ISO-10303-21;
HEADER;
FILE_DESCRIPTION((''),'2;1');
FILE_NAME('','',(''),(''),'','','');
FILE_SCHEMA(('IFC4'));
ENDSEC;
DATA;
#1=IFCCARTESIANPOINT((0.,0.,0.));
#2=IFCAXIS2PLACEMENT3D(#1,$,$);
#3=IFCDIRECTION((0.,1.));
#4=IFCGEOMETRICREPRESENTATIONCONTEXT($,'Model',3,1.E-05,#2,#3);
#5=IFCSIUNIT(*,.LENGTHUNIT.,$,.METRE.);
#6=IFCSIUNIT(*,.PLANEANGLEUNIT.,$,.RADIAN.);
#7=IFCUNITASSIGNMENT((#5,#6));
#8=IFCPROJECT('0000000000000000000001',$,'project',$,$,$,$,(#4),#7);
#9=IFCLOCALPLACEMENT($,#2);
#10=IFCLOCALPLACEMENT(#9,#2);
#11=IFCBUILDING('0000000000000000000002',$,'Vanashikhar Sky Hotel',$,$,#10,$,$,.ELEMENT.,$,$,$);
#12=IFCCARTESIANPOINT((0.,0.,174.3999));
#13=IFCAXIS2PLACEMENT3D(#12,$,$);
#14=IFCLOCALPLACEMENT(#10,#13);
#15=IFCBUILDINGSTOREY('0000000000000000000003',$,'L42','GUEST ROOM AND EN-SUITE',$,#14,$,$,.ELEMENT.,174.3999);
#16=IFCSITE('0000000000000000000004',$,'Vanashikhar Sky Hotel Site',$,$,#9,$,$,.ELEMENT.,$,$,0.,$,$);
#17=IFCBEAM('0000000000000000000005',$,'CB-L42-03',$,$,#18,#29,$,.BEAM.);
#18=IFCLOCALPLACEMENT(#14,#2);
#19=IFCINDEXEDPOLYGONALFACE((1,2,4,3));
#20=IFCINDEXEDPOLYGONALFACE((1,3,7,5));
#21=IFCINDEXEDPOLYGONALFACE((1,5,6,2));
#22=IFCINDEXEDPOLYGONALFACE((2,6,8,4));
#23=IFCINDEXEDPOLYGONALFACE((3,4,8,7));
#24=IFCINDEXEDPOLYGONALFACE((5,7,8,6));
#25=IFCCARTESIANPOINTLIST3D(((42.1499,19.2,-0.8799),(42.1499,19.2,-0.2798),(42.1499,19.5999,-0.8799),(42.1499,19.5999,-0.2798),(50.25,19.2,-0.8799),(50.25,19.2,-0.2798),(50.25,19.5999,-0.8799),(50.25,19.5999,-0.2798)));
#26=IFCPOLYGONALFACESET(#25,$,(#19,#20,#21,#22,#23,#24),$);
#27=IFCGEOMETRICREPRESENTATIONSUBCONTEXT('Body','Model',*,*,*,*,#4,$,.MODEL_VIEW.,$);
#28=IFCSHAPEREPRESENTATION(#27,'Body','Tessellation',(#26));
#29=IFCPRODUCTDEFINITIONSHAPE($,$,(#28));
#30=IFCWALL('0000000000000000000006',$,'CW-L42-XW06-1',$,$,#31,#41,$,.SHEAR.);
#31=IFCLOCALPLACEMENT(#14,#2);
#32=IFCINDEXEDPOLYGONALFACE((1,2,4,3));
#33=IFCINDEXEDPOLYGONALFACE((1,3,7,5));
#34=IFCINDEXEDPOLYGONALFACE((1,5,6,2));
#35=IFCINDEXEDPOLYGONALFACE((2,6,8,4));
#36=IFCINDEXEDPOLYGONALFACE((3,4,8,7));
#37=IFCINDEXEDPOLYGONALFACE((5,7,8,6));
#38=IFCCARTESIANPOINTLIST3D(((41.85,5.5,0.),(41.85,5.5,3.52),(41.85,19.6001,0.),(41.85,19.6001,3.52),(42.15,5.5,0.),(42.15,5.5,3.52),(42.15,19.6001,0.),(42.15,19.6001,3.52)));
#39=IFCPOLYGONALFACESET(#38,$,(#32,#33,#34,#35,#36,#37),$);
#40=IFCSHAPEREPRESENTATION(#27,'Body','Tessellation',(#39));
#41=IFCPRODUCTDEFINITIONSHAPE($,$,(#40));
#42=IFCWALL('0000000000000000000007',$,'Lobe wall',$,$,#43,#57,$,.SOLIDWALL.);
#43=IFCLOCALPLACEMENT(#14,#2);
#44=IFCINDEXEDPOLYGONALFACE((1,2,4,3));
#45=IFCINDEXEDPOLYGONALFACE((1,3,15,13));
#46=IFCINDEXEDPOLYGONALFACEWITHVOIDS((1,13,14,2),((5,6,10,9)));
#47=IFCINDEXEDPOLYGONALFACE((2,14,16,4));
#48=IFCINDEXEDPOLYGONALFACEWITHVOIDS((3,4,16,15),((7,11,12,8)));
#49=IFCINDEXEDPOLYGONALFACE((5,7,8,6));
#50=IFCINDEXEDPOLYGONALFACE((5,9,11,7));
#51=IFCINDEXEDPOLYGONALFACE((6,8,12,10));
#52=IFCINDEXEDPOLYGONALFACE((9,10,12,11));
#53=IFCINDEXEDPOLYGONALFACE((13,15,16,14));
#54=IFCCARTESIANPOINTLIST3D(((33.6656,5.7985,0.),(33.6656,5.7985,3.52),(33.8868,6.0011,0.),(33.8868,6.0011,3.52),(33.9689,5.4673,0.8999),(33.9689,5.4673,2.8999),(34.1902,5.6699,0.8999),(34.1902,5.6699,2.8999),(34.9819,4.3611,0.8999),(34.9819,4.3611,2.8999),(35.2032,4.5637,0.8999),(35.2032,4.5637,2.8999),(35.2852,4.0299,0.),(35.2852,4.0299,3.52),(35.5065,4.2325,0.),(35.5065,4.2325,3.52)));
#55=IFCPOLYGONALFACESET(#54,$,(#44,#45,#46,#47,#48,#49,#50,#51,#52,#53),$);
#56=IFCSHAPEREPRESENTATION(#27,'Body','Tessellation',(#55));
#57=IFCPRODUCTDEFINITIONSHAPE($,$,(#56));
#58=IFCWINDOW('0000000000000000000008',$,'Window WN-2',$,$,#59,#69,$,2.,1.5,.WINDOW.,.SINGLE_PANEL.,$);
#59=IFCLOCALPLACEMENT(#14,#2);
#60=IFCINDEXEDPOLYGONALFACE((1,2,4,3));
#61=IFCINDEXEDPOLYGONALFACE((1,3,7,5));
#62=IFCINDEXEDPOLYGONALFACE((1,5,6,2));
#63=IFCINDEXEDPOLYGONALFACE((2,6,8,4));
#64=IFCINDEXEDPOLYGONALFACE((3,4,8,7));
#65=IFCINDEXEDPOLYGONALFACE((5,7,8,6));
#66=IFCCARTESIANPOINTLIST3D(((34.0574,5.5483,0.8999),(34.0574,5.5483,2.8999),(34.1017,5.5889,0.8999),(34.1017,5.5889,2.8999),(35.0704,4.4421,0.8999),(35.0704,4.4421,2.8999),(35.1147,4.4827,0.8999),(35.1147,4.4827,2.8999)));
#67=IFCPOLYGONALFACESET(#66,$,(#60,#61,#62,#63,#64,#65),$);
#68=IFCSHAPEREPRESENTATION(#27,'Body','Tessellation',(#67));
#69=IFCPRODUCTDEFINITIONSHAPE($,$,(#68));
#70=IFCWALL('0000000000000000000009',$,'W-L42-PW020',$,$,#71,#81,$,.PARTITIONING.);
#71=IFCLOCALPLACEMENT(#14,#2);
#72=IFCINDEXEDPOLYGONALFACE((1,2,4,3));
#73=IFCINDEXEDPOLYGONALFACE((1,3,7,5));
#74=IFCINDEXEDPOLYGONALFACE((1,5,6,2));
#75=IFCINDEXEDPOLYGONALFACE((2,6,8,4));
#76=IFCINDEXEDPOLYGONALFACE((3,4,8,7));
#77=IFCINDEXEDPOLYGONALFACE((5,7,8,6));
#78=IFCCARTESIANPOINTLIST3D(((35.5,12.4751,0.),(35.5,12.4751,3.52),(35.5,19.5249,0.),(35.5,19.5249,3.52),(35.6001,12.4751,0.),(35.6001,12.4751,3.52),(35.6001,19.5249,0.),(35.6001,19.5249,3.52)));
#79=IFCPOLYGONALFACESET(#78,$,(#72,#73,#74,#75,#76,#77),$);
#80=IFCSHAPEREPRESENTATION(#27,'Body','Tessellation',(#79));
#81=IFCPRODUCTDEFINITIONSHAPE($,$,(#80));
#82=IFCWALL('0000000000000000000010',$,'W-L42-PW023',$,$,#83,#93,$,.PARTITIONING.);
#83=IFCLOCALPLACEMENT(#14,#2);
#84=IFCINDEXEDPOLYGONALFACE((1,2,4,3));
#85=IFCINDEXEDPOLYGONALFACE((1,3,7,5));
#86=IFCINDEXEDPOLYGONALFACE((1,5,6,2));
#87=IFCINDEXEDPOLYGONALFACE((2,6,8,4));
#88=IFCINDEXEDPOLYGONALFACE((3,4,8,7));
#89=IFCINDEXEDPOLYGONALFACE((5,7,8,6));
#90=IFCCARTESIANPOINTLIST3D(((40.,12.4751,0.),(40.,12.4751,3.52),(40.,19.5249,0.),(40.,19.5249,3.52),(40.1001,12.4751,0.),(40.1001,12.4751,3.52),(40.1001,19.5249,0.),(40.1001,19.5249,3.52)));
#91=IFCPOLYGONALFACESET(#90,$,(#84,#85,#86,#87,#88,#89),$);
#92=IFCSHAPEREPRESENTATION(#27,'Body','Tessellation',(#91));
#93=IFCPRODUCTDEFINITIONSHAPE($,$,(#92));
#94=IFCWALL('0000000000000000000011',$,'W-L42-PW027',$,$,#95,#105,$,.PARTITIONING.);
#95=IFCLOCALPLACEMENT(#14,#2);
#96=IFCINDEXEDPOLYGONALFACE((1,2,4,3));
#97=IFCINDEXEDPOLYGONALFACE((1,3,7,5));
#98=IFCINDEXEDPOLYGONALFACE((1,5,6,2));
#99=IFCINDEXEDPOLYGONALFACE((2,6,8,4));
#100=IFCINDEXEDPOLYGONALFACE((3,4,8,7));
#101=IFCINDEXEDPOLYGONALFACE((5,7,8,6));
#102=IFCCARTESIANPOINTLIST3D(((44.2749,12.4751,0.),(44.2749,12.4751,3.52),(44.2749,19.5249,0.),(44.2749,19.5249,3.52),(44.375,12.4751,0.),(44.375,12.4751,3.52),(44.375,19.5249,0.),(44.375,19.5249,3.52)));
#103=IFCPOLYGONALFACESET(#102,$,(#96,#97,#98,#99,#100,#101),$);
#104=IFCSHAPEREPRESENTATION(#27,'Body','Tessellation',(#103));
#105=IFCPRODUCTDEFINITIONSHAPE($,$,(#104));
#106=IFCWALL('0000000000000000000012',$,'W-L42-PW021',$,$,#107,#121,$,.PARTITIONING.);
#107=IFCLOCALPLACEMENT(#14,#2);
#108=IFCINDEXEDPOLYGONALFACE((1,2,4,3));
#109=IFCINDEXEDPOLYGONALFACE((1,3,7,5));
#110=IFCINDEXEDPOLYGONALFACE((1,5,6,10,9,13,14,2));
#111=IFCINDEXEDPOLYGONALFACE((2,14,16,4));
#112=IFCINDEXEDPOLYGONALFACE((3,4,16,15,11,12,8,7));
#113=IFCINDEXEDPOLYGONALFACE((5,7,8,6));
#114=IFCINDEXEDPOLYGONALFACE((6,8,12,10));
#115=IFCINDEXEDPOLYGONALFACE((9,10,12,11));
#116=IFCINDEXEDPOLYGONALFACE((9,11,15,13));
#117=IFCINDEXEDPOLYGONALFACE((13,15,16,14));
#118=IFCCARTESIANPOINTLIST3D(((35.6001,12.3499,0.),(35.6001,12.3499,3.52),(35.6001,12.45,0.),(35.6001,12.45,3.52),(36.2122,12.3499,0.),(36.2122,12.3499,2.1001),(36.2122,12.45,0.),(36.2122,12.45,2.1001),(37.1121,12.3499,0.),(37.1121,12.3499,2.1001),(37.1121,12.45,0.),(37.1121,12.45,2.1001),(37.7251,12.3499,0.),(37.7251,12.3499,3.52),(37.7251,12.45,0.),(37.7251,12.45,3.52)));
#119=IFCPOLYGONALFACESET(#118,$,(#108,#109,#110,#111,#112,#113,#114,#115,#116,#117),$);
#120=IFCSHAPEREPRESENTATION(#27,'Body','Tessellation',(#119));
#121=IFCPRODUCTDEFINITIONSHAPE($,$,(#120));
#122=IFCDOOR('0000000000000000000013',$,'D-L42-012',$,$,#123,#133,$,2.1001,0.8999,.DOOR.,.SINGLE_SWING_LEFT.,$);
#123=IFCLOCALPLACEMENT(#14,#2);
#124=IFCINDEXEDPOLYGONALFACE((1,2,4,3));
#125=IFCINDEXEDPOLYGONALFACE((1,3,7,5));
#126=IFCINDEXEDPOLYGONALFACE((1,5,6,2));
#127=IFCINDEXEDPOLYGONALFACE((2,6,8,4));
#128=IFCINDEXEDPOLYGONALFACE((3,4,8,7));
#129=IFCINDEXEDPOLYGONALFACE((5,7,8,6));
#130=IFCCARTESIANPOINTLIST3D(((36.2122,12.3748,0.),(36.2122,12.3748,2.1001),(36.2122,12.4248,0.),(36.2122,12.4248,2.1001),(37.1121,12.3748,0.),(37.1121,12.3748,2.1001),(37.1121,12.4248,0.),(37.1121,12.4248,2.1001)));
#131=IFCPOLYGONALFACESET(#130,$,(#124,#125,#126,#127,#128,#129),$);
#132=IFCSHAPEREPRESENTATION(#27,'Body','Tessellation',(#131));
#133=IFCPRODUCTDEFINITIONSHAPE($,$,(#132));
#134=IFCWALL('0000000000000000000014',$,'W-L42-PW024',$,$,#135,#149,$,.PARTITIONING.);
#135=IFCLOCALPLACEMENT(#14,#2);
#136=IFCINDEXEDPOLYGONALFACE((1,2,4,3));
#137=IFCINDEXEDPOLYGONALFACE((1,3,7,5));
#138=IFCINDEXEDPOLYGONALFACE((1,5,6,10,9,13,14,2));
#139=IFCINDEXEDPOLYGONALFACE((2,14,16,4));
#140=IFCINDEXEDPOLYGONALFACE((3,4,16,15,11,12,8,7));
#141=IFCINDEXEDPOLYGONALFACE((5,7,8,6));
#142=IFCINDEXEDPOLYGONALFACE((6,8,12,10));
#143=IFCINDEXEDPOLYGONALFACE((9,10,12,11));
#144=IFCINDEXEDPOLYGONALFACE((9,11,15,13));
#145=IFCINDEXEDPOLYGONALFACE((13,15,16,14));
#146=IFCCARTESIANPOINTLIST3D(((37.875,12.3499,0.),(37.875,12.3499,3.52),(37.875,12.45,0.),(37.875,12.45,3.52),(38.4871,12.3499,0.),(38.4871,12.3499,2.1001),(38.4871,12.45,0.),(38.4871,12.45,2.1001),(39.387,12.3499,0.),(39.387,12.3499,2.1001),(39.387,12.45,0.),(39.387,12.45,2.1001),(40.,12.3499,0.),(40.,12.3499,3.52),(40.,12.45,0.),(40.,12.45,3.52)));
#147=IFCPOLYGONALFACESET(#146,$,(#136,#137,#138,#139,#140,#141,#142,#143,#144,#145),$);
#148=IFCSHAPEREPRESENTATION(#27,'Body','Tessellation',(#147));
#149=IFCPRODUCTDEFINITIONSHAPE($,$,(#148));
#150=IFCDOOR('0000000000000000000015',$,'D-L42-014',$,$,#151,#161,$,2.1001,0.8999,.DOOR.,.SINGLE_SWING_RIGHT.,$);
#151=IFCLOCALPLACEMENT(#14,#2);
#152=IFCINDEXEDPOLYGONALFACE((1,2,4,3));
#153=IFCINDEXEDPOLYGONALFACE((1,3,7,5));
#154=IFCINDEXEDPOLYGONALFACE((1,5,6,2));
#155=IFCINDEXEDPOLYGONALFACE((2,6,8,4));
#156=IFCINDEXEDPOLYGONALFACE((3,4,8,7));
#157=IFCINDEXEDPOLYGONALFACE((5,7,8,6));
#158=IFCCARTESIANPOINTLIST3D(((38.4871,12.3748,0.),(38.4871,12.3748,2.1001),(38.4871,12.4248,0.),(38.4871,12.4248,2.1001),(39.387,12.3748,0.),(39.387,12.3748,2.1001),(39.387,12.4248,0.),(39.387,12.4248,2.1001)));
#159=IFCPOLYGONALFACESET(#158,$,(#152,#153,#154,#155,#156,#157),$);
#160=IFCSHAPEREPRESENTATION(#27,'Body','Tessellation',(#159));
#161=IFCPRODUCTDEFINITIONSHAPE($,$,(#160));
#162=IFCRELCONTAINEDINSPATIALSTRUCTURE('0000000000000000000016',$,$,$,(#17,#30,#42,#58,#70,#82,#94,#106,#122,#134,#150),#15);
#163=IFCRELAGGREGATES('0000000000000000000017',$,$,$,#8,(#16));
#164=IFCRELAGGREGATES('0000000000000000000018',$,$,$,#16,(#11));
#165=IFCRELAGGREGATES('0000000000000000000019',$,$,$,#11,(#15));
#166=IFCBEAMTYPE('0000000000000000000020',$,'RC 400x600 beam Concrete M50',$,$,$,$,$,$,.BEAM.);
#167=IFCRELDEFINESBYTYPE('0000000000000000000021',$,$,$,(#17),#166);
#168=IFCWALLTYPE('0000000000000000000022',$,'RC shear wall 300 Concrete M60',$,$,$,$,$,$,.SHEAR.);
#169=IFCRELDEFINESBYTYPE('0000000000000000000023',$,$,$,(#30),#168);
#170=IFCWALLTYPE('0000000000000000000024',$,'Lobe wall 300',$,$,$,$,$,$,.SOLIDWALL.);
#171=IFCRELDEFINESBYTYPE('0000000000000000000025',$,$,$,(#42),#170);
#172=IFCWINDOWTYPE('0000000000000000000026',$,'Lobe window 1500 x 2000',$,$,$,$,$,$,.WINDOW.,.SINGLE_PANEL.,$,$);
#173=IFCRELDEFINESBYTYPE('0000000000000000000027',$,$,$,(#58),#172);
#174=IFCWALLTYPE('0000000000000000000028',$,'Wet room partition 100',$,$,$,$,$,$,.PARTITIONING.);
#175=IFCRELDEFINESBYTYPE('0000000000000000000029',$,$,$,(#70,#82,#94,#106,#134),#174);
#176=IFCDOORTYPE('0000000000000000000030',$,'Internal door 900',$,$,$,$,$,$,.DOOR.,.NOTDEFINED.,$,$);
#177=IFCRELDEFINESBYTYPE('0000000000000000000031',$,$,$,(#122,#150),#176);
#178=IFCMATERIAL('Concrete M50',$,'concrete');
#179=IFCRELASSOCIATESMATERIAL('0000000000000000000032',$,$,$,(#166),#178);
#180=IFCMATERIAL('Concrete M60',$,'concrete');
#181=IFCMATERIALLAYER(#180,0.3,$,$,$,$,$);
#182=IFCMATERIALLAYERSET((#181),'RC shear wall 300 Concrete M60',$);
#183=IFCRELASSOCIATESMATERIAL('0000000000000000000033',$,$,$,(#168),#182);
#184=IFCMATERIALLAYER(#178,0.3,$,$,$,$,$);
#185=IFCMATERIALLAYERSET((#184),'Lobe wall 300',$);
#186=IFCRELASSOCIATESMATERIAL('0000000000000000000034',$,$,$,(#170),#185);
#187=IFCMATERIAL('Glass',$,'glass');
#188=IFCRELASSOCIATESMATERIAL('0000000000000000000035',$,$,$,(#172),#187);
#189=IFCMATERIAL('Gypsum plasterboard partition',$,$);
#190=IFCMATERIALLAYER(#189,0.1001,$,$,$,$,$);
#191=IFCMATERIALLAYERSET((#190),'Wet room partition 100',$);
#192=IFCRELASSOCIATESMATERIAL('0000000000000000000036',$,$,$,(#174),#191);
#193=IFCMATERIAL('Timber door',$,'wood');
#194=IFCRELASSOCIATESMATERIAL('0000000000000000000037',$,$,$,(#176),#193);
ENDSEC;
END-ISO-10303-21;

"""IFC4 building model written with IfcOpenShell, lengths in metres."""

from ifc_helpers import new_model, si_unit, direction, frame, frame_2d, origin, origin_2d, place, context, subcontext, project, spatial, rectangle, extrude, source, transform, mapped, material, layer, layer_set, material_profile, profile_set, type_object, element, fill, save


model = new_model("IFC4")

# Units and contexts
model_context = context("Model", 3, precision=1e-05, world=origin(), true_north=direction((0.0, 1.0)))
body_context = subcontext(model_context, "Body", "Model", "MODEL_VIEW")
ifc_project = project(units=[si_unit("LENGTHUNIT", "METRE"), si_unit("PLANEANGLEUNIT", "RADIAN")], contexts=[model_context])

# Site, building, storey
site_placement = place(None, origin())
site = spatial("IfcSite", under=ifc_project, at=site_placement, Name="Vanashikhar Sky Hotel Site", CompositionType="ELEMENT", RefElevation=0.0)
building_placement = place(site_placement, origin())
building = spatial("IfcBuilding", under=site, at=building_placement, Name="Vanashikhar Sky Hotel", CompositionType="ELEMENT")
storey_placement = place(building_placement, frame((0.0, 0.0, 174.3999)))
storey = spatial("IfcBuildingStorey", under=building, at=storey_placement, Name="L42", Description="GUEST ROOM AND EN-SUITE", CompositionType="ELEMENT", Elevation=174.3999)

# Beam
ifc_material_1 = material(Name="Concrete M50", Category="concrete")
ifc_material_profile = material_profile(ifc_material_1, rectangle(XDim=0.3999, YDim=0.6001, at=origin_2d()))
ifc_profile_set = profile_set([ifc_material_profile], Name="RC 400x600 beam Concrete M50")
beam_type = type_object("IfcBeamType", Name="RC 400x600 beam Concrete M50", PredefinedType="BEAM", material=ifc_profile_set)
shared_shape_1 = source(origin(), body_context, "Body", "SweptSolid", [
    extrude(rectangle(XDim=0.3999, YDim=0.6001, at=origin_2d()), origin(), (0.0, 0.0, 1.0), 8.1001),
])
beam_placement = place(storey_placement, frame((42.1499, 19.3999, -0.5798), z_axis=(1.0, 0.0, 0.0), x_axis=(0.0, 1.0, 0.0)))
element("IfcBeam", 1, at=beam_placement, inside=storey, type_object=beam_type, Name="CB-L42-03", PredefinedType="BEAM", context=body_context, shape_type="MappedRepresentation", body=[
    mapped(shared_shape_1, transform((0.0, 0.0, 0.0), scale=1.0)),
])

# Wall
ifc_material_2 = material(Name="Concrete M60", Category="concrete")
ifc_layer_1 = layer(ifc_material_2, 0.3)
ifc_layer_set_1 = layer_set([ifc_layer_1], Name="RC shear wall 300 Concrete M60")
wall_type_1 = type_object("IfcWallType", Name="RC shear wall 300 Concrete M60", PredefinedType="SHEAR", material=ifc_layer_set_1)
shared_shape_2 = source(origin(), body_context, "Body", "SweptSolid", [
    extrude(rectangle(XDim=14.1001, YDim=0.3, at=frame_2d((7.05, 0.0))), origin(), (0.0, 0.0, 1.0), 3.52),
])
wall_1_placement = place(storey_placement, frame((42.0, 5.5, 0.0), z_axis=(0.0, 0.0, 1.0), x_axis=(0.0, 1.0, 0.0)))
element("IfcWall", 2, at=wall_1_placement, inside=storey, type_object=wall_type_1, Name="CW-L42-XW06-1", PredefinedType="SHEAR", context=body_context, shape_type="MappedRepresentation", body=[
    mapped(shared_shape_2, transform((0.0, 0.0, 0.0), scale=1.0)),
])

# Wall, opening, window
ifc_layer_2 = layer(ifc_material_1, 0.3)
ifc_layer_set_2 = layer_set([ifc_layer_2], Name="Lobe wall 300")
wall_type_2 = type_object("IfcWallType", Name="Lobe wall 300", PredefinedType="SOLIDWALL", material=ifc_layer_set_2)
shared_shape_3 = source(origin(), body_context, "Body", "SweptSolid", [
    extrude(rectangle(XDim=2.3982, YDim=0.3, at=frame_2d((1.1992, 0.0))), origin(), (0.0, 0.0, 1.0), 3.52),
])
wall_2_placement = place(storey_placement, frame((33.7761, 5.8999, 0.0), z_axis=(0.0, 0.0, 1.0), x_axis=(0.675374, -0.737475, 0.0)))
wall_2 = element("IfcWall", 3, at=wall_2_placement, inside=storey, type_object=wall_type_2, Name="Lobe wall", PredefinedType="SOLIDWALL", context=body_context, shape_type="MappedRepresentation", body=[
    mapped(shared_shape_3, transform((0.0, 0.0, 0.0), scale=1.0)),
])
shared_shape_4 = source(origin(), body_context, "Body", "SweptSolid", [
    extrude(rectangle(XDim=1.5, YDim=2.0, at=frame_2d((0.75, 1.0))), frame((0.0, 0.1602, 0.0), z_axis=(0.0, -1.0, 0.0), x_axis=(1.0, 0.0, 0.0)), (0.0, 0.0, 1.0), 0.3201),
])
opening_1_placement = place(wall_2_placement, frame((0.4492, 0.0, 0.8999)))
opening_1 = element("IfcOpeningElement", 4, at=opening_1_placement, cuts=wall_2, PredefinedType="OPENING", context=body_context, shape_type="MappedRepresentation", body=[
    mapped(shared_shape_4, transform((0.0, 0.0, 0.0), scale=1.0)),
])
ifc_material_3 = material(Name="Glass", Category="glass")
window_type = type_object("IfcWindowType", Name="Lobe window 1500 x 2000", PartitioningType="SINGLE_PANEL", PredefinedType="WINDOW", material=ifc_material_3)
shared_shape_5 = source(origin(), body_context, "Body", "SweptSolid", [
    extrude(rectangle(XDim=1.5, YDim=2.0, at=frame_2d((0.75, 1.0))), frame((0.0, 0.03, 0.0), z_axis=(0.0, -1.0, 0.0), x_axis=(1.0, 0.0, 0.0)), (0.0, 0.0, 1.0), 0.0601),
])
window_placement = place(opening_1_placement, origin())
window = element("IfcWindow", 5, at=window_placement, inside=storey, type_object=window_type, Name="Window WN-2", OverallHeight=2.0, OverallWidth=1.5, PartitioningType="SINGLE_PANEL", PredefinedType="WINDOW", context=body_context, shape_type="MappedRepresentation", body=[
    mapped(shared_shape_5, transform((0.0, 0.0, 0.0), scale=1.0)),
])
fill(opening_1, window)

# Walls
ifc_material_4 = material(Name="Gypsum plasterboard partition")
ifc_layer_3 = layer(ifc_material_4, 0.1001)
ifc_layer_set_3 = layer_set([ifc_layer_3], Name="Wet room partition 100")
wall_type_3 = type_object("IfcWallType", Name="Wet room partition 100", PredefinedType="PARTITIONING", material=ifc_layer_set_3)
shared_shape_6 = source(origin(), body_context, "Body", "SweptSolid", [
    extrude(rectangle(XDim=7.0498, YDim=0.1001, at=frame_2d((3.5249, 0.0))), origin(), (0.0, 0.0, 1.0), 3.52),
])
for number, where, z_axis, x_axis, name in (
    (6, (35.55, 12.4751, 0.0), (0.0, 0.0, 1.0), (0.0, 1.0, 0.0), "W-L42-PW020"),
    (7, (40.05, 12.4751, 0.0), (0.0, 0.0, 1.0), (0.0, 1.0, 0.0), "W-L42-PW023"),
    (8, (44.325, 12.4751, 0.0), (0.0, 0.0, 1.0), (0.0, 1.0, 0.0), "W-L42-PW027"),
):
    element("IfcWall", number, at=place(storey_placement, frame(where, z_axis=z_axis, x_axis=x_axis)), inside=storey, type_object=wall_type_3, Name=name, PredefinedType="PARTITIONING", context=body_context, shape_type="MappedRepresentation", body=[
        mapped(shared_shape_6, transform((0.0, 0.0, 0.0), scale=1.0)),
    ])

# Walls, openings, doors
shared_shape_7 = source(origin(), body_context, "Body", "SweptSolid", [
    extrude(rectangle(XDim=2.125, YDim=0.1001, at=frame_2d((1.0625, 0.0))), origin(), (0.0, 0.0, 1.0), 3.52),
])
wall_3_placement = place(storey_placement, frame((35.6001, 12.3999, 0.0), z_axis=(0.0, 0.0, 1.0), x_axis=(1.0, 0.0, 0.0)))
wall_3 = element("IfcWall", 9, at=wall_3_placement, inside=storey, type_object=wall_type_3, Name="W-L42-PW021", PredefinedType="PARTITIONING", context=body_context, shape_type="MappedRepresentation", body=[
    mapped(shared_shape_7, transform((0.0, 0.0, 0.0), scale=1.0)),
])
shared_shape_8 = source(origin(), body_context, "Body", "SweptSolid", [
    extrude(rectangle(XDim=0.8999, YDim=2.1001, at=frame_2d((0.45, 1.05))), frame((0.0, 0.0601, 0.0), z_axis=(0.0, -1.0, 0.0), x_axis=(1.0, 0.0, 0.0)), (0.0, 0.0, 1.0), 0.1201),
])
opening_2_placement = place(wall_3_placement, frame((0.6121, 0.0, 0.0)))
opening_2 = element("IfcOpeningElement", 10, at=opening_2_placement, cuts=wall_3, PredefinedType="OPENING", context=body_context, shape_type="MappedRepresentation", body=[
    mapped(shared_shape_8, transform((0.0, 0.0, 0.0), scale=1.0)),
])
ifc_material_5 = material(Name="Timber door", Category="wood")
door_type_1 = type_object("IfcDoorType", Name="Internal door 900", OperationType="NOTDEFINED", PredefinedType="DOOR", material=ifc_material_5)
shared_shape_9 = source(origin(), body_context, "Body", "SweptSolid", [
    extrude(rectangle(XDim=0.8999, YDim=2.1001, at=frame_2d((0.45, 1.05))), frame((0.0, 0.0249, 0.0), z_axis=(0.0, -1.0, 0.0), x_axis=(1.0, 0.0, 0.0)), (0.0, 0.0, 1.0), 0.05),
])
door_1_placement = place(opening_2_placement, origin())
door_1 = element("IfcDoor", 11, at=door_1_placement, inside=storey, type_object=door_type_1, Name="D-L42-012", OperationType="SINGLE_SWING_LEFT", OverallHeight=2.1001, OverallWidth=0.8999, PredefinedType="DOOR", context=body_context, shape_type="MappedRepresentation", body=[
    mapped(shared_shape_9, transform((0.0, 0.0, 0.0), scale=1.0)),
])
fill(opening_2, door_1)
wall_4_placement = place(storey_placement, frame((37.875, 12.3999, 0.0), z_axis=(0.0, 0.0, 1.0), x_axis=(1.0, 0.0, 0.0)))
wall_4 = element("IfcWall", 12, at=wall_4_placement, inside=storey, type_object=wall_type_3, Name="W-L42-PW024", PredefinedType="PARTITIONING", context=body_context, shape_type="MappedRepresentation", body=[
    mapped(shared_shape_7, transform((0.0, 0.0, 0.0), scale=1.0)),
])
opening_3_placement = place(wall_4_placement, frame((0.6121, 0.0, 0.0)))
opening_3 = element("IfcOpeningElement", 13, at=opening_3_placement, cuts=wall_4, PredefinedType="OPENING", context=body_context, shape_type="MappedRepresentation", body=[
    mapped(shared_shape_8, transform((0.0, 0.0, 0.0), scale=1.0)),
])
door_2_placement = place(opening_3_placement, origin())
door_2 = element("IfcDoor", 14, at=door_2_placement, inside=storey, type_object=door_type_1, Name="D-L42-014", OperationType="SINGLE_SWING_RIGHT", OverallHeight=2.1001, OverallWidth=0.8999, PredefinedType="DOOR", context=body_context, shape_type="MappedRepresentation", body=[
    mapped(shared_shape_9, transform((0.0, 0.0, 0.0), scale=1.0)),
])
fill(opening_3, door_2)

save(model, "model.ifc")
